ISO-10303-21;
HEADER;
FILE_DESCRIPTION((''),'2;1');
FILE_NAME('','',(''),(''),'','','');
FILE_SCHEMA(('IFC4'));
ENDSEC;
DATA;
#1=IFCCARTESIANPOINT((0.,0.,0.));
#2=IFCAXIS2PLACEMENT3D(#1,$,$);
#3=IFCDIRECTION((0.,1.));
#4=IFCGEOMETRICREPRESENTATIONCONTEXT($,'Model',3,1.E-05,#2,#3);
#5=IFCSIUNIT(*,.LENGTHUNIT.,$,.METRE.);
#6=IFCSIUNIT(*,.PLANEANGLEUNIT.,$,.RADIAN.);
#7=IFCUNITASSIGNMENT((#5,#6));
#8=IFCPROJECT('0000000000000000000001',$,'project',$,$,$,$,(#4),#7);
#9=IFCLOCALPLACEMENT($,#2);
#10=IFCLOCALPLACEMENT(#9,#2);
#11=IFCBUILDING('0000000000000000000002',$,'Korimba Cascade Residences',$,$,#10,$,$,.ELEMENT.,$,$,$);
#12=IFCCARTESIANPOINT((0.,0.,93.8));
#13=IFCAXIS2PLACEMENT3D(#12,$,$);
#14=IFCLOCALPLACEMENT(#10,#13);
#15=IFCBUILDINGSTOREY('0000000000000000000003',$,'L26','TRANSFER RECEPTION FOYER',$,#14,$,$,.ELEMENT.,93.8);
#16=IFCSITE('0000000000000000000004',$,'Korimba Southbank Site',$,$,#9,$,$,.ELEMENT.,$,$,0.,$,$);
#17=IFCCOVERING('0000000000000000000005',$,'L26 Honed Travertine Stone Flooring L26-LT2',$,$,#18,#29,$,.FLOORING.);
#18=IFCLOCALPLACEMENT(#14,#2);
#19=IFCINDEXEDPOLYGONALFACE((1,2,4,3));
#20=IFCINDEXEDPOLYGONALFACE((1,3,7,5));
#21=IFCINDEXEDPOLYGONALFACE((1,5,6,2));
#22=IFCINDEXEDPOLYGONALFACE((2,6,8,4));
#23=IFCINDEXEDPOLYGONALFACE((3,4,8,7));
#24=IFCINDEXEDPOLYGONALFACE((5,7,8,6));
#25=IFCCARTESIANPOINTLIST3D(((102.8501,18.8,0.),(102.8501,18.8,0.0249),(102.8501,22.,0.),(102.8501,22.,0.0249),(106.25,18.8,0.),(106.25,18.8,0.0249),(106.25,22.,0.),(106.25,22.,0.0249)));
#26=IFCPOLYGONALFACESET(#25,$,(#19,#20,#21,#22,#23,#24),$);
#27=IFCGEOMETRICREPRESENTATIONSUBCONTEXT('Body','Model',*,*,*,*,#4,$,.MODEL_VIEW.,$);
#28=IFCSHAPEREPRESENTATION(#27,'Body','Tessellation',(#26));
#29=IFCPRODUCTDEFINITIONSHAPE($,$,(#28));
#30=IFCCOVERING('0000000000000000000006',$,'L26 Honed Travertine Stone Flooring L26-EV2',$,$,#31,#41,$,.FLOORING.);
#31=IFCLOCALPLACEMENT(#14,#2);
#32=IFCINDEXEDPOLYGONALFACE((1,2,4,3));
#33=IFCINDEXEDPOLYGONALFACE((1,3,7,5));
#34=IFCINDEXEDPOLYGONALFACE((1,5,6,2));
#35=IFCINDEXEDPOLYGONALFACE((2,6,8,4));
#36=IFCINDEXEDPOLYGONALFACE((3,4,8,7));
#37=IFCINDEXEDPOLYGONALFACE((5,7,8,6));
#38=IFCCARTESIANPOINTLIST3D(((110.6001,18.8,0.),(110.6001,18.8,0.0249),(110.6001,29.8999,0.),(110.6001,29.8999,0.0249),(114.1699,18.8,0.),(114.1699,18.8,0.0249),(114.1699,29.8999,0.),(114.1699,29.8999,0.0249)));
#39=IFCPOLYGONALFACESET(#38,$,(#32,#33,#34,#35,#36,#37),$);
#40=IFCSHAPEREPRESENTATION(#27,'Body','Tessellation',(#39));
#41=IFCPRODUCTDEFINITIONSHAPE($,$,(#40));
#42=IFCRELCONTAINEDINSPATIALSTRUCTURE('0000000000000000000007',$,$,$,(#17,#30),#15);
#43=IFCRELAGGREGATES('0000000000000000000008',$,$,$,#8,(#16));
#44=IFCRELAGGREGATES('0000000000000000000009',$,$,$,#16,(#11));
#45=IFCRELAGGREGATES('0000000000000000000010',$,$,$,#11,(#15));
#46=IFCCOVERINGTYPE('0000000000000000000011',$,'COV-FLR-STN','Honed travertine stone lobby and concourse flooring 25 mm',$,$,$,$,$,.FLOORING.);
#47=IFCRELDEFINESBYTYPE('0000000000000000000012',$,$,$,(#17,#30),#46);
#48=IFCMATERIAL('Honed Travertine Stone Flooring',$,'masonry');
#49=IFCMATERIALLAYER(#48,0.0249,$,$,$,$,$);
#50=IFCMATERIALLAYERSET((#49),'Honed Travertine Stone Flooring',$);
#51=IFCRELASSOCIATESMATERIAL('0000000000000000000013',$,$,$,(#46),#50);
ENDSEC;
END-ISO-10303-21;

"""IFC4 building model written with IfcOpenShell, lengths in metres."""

from ifc_helpers import new_model, si_unit, direction, frame, origin, place, context, subcontext, project, spatial, polyline, outline, extrude, material, layer, layer_set, type_object, element, save


model = new_model("IFC4")

# Units and contexts
model_context = context("Model", 3, precision=1e-05, world=origin(), true_north=direction((0.0, 1.0)))
body_context = subcontext(model_context, "Body", "Model", "MODEL_VIEW")
ifc_project = project(units=[si_unit("LENGTHUNIT", "METRE"), si_unit("PLANEANGLEUNIT", "RADIAN")], contexts=[model_context])

# Site, building, storey
site_placement = place(None, origin())
site = spatial("IfcSite", under=ifc_project, at=site_placement, Name="Korimba Southbank Site", CompositionType="ELEMENT", RefElevation=0.0)
building_placement = place(site_placement, origin())
building = spatial("IfcBuilding", under=site, at=building_placement, Name="Korimba Cascade Residences", CompositionType="ELEMENT")
storey_placement = place(building_placement, frame((0.0, 0.0, 93.8)))
storey = spatial("IfcBuildingStorey", under=building, at=storey_placement, Name="L26", Description="TRANSFER RECEPTION FOYER", CompositionType="ELEMENT", Elevation=93.8)

# Coverings
ifc_material_1 = material(Name="Honed Travertine Stone Flooring", Category="masonry")
ifc_layer_1 = layer(ifc_material_1, 0.0249)
ifc_layer_set_1 = layer_set([ifc_layer_1], Name="Honed Travertine Stone Flooring")
covering_type_1 = type_object("IfcCoveringType", Name="COV-FLR-STN", Description="Honed travertine stone lobby and concourse flooring 25 mm", PredefinedType="FLOORING", material=ifc_layer_set_1)
covering_1_placement = place(storey_placement, origin())
element("IfcCovering", 1, at=covering_1_placement, inside=storey, type_object=covering_type_1, Name="L26 Honed Travertine Stone Flooring L26-LT2", PredefinedType="FLOORING", context=body_context, shape_type="SweptSolid", body=[
    extrude(outline(polyline([(102.8501, 18.8), (106.25, 18.8), (106.25, 22.0), (102.8501, 22.0), (102.8501, 18.8)])), origin(), (0.0, 0.0, 1.0), 0.0249),
])
covering_2_placement = place(storey_placement, origin())
element("IfcCovering", 2, at=covering_2_placement, inside=storey, type_object=covering_type_1, Name="L26 Honed Travertine Stone Flooring L26-EV2", PredefinedType="FLOORING", context=body_context, shape_type="SweptSolid", body=[
    extrude(outline(polyline([(110.6001, 18.8), (114.1699, 18.8), (114.1699, 29.8999), (110.6001, 29.8999), (110.6001, 18.8)])), origin(), (0.0, 0.0, 1.0), 0.0249),
])

save(model, "model.ifc")
